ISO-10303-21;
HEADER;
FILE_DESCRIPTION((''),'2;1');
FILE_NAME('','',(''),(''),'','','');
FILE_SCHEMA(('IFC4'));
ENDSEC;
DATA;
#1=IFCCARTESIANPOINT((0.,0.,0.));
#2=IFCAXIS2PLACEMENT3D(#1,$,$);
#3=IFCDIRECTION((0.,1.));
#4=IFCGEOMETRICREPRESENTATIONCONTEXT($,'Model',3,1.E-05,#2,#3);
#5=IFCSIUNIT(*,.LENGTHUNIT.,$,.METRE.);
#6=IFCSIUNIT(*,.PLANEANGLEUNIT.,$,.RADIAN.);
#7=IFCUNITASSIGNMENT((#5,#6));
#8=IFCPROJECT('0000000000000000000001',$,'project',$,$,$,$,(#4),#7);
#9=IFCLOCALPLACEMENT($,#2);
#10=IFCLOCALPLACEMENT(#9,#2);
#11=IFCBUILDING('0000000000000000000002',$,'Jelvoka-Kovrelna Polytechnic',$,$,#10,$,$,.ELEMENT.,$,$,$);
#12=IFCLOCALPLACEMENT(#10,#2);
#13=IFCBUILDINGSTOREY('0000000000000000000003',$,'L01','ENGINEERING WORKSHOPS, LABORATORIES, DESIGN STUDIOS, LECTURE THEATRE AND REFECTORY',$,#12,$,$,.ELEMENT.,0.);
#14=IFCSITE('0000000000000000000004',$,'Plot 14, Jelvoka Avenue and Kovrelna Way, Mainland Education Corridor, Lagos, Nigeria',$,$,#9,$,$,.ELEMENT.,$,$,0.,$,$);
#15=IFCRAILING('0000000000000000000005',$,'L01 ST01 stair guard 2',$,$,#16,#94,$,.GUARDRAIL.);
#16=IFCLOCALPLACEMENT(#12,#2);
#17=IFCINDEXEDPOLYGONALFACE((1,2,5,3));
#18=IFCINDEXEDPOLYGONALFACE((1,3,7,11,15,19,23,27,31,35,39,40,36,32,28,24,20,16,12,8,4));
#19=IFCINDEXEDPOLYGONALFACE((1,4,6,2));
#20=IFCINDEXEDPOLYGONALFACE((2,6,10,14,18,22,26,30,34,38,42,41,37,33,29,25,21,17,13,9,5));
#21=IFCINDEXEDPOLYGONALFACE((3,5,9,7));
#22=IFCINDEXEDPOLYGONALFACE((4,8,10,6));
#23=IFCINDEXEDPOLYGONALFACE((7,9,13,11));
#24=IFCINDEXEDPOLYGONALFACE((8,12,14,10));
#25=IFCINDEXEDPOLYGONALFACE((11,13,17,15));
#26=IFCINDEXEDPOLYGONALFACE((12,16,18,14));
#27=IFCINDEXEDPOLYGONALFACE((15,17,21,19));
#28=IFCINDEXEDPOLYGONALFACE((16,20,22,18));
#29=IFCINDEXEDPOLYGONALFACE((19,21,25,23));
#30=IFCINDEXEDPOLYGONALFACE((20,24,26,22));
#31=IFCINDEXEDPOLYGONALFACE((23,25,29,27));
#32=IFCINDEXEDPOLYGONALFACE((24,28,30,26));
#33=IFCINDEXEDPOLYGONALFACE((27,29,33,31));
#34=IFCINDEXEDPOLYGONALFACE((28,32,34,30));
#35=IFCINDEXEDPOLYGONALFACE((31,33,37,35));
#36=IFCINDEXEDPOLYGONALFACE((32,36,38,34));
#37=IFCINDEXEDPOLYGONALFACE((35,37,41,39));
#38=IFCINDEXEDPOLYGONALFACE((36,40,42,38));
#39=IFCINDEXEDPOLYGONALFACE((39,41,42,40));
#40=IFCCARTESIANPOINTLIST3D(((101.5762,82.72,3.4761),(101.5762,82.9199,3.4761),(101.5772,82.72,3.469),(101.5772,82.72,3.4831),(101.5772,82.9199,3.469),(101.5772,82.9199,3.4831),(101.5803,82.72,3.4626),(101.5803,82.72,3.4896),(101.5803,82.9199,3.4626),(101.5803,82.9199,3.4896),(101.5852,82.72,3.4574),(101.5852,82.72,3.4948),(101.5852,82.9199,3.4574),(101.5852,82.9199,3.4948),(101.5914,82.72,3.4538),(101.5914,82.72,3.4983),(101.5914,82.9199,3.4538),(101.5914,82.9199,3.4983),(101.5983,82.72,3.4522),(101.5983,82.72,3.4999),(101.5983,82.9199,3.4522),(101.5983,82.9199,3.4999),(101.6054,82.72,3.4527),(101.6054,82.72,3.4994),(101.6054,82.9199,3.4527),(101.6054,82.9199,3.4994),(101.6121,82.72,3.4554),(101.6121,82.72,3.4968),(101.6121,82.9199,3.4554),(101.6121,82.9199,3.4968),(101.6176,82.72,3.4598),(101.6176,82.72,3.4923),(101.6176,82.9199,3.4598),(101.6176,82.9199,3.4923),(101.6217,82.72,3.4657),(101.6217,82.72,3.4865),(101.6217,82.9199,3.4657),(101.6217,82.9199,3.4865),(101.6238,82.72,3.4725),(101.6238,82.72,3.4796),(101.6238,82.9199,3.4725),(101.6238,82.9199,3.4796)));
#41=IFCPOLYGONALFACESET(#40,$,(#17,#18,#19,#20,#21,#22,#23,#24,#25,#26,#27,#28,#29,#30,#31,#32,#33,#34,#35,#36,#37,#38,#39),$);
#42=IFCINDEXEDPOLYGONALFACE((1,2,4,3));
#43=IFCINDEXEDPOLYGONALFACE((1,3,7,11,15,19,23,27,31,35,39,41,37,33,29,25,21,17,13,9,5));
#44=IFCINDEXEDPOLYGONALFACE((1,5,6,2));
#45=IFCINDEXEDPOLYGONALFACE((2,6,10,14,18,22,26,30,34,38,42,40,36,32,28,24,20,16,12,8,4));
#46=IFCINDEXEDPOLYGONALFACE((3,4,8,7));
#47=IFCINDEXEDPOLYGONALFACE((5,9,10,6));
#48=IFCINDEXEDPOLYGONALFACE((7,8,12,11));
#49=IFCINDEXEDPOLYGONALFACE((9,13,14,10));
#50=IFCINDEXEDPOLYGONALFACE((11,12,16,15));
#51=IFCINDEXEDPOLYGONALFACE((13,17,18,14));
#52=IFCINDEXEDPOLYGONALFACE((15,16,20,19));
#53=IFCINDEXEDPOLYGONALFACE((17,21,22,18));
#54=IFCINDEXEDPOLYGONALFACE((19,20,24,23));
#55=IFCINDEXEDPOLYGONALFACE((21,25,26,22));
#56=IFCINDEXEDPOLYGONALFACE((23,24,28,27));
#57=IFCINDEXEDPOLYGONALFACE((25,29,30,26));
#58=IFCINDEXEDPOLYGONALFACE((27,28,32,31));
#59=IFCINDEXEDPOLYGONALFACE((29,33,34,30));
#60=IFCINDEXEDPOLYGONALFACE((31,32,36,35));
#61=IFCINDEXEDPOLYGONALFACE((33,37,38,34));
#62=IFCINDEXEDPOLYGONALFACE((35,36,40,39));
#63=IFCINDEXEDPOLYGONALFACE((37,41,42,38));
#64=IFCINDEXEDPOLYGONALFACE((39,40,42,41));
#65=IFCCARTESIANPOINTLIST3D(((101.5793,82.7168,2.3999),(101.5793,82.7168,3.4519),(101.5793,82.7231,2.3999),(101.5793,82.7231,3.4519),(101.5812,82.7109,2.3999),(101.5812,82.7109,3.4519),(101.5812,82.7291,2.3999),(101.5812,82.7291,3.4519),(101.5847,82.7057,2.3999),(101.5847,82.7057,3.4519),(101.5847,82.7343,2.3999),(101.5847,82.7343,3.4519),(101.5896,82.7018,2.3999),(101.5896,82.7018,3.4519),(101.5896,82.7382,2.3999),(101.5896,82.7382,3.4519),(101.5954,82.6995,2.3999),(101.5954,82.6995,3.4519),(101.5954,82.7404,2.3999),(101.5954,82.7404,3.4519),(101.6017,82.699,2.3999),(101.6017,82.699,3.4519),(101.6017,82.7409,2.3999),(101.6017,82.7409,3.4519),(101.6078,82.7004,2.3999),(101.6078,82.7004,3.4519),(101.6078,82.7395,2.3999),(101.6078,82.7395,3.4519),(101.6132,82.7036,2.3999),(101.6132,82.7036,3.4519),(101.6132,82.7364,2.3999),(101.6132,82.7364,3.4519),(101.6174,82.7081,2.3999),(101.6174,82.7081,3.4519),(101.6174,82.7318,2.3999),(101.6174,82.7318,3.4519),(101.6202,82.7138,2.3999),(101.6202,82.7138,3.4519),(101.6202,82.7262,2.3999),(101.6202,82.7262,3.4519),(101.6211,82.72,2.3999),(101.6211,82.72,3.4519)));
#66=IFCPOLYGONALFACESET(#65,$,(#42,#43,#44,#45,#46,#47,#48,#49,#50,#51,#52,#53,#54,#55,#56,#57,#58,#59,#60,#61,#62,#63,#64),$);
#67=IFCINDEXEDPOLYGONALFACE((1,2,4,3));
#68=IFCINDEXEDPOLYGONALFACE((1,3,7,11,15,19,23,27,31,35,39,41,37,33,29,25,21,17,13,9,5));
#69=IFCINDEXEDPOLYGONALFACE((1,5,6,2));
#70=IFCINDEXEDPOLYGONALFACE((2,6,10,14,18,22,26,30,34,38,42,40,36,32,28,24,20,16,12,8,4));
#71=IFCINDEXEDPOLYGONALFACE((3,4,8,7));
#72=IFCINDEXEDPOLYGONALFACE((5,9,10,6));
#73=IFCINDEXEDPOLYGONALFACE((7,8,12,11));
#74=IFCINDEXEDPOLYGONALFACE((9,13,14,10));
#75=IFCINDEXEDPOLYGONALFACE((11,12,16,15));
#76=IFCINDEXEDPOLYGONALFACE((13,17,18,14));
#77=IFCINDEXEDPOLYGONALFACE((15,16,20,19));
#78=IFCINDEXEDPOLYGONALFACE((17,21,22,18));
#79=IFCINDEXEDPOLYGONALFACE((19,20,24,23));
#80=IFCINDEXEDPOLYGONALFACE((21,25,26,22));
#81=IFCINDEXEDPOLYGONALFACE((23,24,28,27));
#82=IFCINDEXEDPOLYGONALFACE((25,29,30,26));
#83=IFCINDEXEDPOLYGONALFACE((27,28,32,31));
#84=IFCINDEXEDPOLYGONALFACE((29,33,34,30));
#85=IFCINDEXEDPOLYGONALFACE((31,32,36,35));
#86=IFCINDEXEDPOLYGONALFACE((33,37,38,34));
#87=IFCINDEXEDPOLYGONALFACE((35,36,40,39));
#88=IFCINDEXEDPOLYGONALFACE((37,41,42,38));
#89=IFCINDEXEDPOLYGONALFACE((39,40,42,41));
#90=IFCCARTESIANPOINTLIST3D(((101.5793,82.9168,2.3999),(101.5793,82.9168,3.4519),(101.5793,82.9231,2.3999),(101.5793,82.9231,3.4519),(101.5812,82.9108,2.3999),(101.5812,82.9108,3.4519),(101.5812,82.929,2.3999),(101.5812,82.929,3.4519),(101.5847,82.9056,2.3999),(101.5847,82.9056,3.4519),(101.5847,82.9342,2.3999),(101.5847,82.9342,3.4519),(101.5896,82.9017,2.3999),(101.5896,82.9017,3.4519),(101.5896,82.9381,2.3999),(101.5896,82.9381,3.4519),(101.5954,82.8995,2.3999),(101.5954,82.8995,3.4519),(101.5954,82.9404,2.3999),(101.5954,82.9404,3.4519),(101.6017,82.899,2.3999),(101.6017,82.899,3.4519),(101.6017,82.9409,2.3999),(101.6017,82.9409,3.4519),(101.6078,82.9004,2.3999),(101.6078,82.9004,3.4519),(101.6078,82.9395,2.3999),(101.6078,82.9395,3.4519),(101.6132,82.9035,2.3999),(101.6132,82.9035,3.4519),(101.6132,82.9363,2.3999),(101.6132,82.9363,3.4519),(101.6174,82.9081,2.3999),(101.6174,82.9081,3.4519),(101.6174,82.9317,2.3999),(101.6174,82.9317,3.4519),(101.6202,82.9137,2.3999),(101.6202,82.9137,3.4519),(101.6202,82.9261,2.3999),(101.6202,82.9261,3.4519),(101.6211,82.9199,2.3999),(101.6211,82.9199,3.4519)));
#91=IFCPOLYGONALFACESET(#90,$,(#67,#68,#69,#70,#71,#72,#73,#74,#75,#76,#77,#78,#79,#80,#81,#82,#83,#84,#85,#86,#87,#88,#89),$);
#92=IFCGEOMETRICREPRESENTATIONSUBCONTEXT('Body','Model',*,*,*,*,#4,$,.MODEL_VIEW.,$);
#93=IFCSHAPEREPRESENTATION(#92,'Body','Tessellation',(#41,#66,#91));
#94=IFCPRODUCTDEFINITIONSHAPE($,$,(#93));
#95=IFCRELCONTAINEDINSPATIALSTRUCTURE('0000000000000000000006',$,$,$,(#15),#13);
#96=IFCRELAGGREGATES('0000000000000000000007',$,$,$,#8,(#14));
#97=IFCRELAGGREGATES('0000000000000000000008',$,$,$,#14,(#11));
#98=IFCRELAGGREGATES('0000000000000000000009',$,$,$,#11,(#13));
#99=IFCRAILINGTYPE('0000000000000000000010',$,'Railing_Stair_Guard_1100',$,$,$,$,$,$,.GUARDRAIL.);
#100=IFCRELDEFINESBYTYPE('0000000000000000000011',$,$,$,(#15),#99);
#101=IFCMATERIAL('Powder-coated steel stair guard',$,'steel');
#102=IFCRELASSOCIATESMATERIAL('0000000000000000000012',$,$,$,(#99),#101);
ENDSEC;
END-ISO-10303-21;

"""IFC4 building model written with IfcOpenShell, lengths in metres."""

from ifc_helpers import new_model, si_unit, direction, frame, origin, origin_2d, place, context, subcontext, project, spatial, circle, extrude, material, type_object, element, save


model = new_model("IFC4")

# Units and contexts
model_context = context("Model", 3, precision=1e-05, world=origin(), true_north=direction((0.0, 1.0)))
body_context = subcontext(model_context, "Body", "Model", "MODEL_VIEW")
ifc_project = project(units=[si_unit("LENGTHUNIT", "METRE"), si_unit("PLANEANGLEUNIT", "RADIAN")], contexts=[model_context])

# Site, building, storey
site_placement = place(None, origin())
site = spatial("IfcSite", under=ifc_project, at=site_placement, Name="Plot 14, Jelvoka Avenue and Kovrelna Way, Mainland Education Corridor, Lagos, Nigeria", CompositionType="ELEMENT", RefElevation=0.0)
building_placement = place(site_placement, origin())
building = spatial("IfcBuilding", under=site, at=building_placement, Name="Jelvoka-Kovrelna Polytechnic", CompositionType="ELEMENT")
storey_placement = place(building_placement, origin())
storey = spatial("IfcBuildingStorey", under=building, at=storey_placement, Name="L01", Description="ENGINEERING WORKSHOPS, LABORATORIES, DESIGN STUDIOS, LECTURE THEATRE AND REFECTORY", CompositionType="ELEMENT", Elevation=0.0)

# Railing
ifc_material_1 = material(Name="Powder-coated steel stair guard", Category="steel")
railing_type_1 = type_object("IfcRailingType", Name="Railing_Stair_Guard_1100", PredefinedType="GUARDRAIL", material=ifc_material_1)
railing_1_placement = place(storey_placement, frame((101.6001, 82.72, 2.3999)))
element("IfcRailing", 1, at=railing_1_placement, inside=storey, type_object=railing_type_1, Name="L01 ST01 stair guard 2", PredefinedType="GUARDRAIL", context=body_context, shape_type="SweptSolid", body=[
    extrude(circle(Radius=0.0239, at=origin_2d()), frame((0.0, 0.0, 1.0762), z_axis=(0.0, 1.0, 0.0), x_axis=(-1.0, 0.0, 0.0)), (0.0, 0.0, 1.0), 0.2),
    extrude(circle(Radius=0.021, at=origin_2d()), origin(), (0.0, 0.0, 1.0), 1.052),
    extrude(circle(Radius=0.021, at=origin_2d()), frame((0.0, 0.2, 0.0)), (0.0, 0.0, 1.0), 1.052),
])

save(model, "model.ifc")
